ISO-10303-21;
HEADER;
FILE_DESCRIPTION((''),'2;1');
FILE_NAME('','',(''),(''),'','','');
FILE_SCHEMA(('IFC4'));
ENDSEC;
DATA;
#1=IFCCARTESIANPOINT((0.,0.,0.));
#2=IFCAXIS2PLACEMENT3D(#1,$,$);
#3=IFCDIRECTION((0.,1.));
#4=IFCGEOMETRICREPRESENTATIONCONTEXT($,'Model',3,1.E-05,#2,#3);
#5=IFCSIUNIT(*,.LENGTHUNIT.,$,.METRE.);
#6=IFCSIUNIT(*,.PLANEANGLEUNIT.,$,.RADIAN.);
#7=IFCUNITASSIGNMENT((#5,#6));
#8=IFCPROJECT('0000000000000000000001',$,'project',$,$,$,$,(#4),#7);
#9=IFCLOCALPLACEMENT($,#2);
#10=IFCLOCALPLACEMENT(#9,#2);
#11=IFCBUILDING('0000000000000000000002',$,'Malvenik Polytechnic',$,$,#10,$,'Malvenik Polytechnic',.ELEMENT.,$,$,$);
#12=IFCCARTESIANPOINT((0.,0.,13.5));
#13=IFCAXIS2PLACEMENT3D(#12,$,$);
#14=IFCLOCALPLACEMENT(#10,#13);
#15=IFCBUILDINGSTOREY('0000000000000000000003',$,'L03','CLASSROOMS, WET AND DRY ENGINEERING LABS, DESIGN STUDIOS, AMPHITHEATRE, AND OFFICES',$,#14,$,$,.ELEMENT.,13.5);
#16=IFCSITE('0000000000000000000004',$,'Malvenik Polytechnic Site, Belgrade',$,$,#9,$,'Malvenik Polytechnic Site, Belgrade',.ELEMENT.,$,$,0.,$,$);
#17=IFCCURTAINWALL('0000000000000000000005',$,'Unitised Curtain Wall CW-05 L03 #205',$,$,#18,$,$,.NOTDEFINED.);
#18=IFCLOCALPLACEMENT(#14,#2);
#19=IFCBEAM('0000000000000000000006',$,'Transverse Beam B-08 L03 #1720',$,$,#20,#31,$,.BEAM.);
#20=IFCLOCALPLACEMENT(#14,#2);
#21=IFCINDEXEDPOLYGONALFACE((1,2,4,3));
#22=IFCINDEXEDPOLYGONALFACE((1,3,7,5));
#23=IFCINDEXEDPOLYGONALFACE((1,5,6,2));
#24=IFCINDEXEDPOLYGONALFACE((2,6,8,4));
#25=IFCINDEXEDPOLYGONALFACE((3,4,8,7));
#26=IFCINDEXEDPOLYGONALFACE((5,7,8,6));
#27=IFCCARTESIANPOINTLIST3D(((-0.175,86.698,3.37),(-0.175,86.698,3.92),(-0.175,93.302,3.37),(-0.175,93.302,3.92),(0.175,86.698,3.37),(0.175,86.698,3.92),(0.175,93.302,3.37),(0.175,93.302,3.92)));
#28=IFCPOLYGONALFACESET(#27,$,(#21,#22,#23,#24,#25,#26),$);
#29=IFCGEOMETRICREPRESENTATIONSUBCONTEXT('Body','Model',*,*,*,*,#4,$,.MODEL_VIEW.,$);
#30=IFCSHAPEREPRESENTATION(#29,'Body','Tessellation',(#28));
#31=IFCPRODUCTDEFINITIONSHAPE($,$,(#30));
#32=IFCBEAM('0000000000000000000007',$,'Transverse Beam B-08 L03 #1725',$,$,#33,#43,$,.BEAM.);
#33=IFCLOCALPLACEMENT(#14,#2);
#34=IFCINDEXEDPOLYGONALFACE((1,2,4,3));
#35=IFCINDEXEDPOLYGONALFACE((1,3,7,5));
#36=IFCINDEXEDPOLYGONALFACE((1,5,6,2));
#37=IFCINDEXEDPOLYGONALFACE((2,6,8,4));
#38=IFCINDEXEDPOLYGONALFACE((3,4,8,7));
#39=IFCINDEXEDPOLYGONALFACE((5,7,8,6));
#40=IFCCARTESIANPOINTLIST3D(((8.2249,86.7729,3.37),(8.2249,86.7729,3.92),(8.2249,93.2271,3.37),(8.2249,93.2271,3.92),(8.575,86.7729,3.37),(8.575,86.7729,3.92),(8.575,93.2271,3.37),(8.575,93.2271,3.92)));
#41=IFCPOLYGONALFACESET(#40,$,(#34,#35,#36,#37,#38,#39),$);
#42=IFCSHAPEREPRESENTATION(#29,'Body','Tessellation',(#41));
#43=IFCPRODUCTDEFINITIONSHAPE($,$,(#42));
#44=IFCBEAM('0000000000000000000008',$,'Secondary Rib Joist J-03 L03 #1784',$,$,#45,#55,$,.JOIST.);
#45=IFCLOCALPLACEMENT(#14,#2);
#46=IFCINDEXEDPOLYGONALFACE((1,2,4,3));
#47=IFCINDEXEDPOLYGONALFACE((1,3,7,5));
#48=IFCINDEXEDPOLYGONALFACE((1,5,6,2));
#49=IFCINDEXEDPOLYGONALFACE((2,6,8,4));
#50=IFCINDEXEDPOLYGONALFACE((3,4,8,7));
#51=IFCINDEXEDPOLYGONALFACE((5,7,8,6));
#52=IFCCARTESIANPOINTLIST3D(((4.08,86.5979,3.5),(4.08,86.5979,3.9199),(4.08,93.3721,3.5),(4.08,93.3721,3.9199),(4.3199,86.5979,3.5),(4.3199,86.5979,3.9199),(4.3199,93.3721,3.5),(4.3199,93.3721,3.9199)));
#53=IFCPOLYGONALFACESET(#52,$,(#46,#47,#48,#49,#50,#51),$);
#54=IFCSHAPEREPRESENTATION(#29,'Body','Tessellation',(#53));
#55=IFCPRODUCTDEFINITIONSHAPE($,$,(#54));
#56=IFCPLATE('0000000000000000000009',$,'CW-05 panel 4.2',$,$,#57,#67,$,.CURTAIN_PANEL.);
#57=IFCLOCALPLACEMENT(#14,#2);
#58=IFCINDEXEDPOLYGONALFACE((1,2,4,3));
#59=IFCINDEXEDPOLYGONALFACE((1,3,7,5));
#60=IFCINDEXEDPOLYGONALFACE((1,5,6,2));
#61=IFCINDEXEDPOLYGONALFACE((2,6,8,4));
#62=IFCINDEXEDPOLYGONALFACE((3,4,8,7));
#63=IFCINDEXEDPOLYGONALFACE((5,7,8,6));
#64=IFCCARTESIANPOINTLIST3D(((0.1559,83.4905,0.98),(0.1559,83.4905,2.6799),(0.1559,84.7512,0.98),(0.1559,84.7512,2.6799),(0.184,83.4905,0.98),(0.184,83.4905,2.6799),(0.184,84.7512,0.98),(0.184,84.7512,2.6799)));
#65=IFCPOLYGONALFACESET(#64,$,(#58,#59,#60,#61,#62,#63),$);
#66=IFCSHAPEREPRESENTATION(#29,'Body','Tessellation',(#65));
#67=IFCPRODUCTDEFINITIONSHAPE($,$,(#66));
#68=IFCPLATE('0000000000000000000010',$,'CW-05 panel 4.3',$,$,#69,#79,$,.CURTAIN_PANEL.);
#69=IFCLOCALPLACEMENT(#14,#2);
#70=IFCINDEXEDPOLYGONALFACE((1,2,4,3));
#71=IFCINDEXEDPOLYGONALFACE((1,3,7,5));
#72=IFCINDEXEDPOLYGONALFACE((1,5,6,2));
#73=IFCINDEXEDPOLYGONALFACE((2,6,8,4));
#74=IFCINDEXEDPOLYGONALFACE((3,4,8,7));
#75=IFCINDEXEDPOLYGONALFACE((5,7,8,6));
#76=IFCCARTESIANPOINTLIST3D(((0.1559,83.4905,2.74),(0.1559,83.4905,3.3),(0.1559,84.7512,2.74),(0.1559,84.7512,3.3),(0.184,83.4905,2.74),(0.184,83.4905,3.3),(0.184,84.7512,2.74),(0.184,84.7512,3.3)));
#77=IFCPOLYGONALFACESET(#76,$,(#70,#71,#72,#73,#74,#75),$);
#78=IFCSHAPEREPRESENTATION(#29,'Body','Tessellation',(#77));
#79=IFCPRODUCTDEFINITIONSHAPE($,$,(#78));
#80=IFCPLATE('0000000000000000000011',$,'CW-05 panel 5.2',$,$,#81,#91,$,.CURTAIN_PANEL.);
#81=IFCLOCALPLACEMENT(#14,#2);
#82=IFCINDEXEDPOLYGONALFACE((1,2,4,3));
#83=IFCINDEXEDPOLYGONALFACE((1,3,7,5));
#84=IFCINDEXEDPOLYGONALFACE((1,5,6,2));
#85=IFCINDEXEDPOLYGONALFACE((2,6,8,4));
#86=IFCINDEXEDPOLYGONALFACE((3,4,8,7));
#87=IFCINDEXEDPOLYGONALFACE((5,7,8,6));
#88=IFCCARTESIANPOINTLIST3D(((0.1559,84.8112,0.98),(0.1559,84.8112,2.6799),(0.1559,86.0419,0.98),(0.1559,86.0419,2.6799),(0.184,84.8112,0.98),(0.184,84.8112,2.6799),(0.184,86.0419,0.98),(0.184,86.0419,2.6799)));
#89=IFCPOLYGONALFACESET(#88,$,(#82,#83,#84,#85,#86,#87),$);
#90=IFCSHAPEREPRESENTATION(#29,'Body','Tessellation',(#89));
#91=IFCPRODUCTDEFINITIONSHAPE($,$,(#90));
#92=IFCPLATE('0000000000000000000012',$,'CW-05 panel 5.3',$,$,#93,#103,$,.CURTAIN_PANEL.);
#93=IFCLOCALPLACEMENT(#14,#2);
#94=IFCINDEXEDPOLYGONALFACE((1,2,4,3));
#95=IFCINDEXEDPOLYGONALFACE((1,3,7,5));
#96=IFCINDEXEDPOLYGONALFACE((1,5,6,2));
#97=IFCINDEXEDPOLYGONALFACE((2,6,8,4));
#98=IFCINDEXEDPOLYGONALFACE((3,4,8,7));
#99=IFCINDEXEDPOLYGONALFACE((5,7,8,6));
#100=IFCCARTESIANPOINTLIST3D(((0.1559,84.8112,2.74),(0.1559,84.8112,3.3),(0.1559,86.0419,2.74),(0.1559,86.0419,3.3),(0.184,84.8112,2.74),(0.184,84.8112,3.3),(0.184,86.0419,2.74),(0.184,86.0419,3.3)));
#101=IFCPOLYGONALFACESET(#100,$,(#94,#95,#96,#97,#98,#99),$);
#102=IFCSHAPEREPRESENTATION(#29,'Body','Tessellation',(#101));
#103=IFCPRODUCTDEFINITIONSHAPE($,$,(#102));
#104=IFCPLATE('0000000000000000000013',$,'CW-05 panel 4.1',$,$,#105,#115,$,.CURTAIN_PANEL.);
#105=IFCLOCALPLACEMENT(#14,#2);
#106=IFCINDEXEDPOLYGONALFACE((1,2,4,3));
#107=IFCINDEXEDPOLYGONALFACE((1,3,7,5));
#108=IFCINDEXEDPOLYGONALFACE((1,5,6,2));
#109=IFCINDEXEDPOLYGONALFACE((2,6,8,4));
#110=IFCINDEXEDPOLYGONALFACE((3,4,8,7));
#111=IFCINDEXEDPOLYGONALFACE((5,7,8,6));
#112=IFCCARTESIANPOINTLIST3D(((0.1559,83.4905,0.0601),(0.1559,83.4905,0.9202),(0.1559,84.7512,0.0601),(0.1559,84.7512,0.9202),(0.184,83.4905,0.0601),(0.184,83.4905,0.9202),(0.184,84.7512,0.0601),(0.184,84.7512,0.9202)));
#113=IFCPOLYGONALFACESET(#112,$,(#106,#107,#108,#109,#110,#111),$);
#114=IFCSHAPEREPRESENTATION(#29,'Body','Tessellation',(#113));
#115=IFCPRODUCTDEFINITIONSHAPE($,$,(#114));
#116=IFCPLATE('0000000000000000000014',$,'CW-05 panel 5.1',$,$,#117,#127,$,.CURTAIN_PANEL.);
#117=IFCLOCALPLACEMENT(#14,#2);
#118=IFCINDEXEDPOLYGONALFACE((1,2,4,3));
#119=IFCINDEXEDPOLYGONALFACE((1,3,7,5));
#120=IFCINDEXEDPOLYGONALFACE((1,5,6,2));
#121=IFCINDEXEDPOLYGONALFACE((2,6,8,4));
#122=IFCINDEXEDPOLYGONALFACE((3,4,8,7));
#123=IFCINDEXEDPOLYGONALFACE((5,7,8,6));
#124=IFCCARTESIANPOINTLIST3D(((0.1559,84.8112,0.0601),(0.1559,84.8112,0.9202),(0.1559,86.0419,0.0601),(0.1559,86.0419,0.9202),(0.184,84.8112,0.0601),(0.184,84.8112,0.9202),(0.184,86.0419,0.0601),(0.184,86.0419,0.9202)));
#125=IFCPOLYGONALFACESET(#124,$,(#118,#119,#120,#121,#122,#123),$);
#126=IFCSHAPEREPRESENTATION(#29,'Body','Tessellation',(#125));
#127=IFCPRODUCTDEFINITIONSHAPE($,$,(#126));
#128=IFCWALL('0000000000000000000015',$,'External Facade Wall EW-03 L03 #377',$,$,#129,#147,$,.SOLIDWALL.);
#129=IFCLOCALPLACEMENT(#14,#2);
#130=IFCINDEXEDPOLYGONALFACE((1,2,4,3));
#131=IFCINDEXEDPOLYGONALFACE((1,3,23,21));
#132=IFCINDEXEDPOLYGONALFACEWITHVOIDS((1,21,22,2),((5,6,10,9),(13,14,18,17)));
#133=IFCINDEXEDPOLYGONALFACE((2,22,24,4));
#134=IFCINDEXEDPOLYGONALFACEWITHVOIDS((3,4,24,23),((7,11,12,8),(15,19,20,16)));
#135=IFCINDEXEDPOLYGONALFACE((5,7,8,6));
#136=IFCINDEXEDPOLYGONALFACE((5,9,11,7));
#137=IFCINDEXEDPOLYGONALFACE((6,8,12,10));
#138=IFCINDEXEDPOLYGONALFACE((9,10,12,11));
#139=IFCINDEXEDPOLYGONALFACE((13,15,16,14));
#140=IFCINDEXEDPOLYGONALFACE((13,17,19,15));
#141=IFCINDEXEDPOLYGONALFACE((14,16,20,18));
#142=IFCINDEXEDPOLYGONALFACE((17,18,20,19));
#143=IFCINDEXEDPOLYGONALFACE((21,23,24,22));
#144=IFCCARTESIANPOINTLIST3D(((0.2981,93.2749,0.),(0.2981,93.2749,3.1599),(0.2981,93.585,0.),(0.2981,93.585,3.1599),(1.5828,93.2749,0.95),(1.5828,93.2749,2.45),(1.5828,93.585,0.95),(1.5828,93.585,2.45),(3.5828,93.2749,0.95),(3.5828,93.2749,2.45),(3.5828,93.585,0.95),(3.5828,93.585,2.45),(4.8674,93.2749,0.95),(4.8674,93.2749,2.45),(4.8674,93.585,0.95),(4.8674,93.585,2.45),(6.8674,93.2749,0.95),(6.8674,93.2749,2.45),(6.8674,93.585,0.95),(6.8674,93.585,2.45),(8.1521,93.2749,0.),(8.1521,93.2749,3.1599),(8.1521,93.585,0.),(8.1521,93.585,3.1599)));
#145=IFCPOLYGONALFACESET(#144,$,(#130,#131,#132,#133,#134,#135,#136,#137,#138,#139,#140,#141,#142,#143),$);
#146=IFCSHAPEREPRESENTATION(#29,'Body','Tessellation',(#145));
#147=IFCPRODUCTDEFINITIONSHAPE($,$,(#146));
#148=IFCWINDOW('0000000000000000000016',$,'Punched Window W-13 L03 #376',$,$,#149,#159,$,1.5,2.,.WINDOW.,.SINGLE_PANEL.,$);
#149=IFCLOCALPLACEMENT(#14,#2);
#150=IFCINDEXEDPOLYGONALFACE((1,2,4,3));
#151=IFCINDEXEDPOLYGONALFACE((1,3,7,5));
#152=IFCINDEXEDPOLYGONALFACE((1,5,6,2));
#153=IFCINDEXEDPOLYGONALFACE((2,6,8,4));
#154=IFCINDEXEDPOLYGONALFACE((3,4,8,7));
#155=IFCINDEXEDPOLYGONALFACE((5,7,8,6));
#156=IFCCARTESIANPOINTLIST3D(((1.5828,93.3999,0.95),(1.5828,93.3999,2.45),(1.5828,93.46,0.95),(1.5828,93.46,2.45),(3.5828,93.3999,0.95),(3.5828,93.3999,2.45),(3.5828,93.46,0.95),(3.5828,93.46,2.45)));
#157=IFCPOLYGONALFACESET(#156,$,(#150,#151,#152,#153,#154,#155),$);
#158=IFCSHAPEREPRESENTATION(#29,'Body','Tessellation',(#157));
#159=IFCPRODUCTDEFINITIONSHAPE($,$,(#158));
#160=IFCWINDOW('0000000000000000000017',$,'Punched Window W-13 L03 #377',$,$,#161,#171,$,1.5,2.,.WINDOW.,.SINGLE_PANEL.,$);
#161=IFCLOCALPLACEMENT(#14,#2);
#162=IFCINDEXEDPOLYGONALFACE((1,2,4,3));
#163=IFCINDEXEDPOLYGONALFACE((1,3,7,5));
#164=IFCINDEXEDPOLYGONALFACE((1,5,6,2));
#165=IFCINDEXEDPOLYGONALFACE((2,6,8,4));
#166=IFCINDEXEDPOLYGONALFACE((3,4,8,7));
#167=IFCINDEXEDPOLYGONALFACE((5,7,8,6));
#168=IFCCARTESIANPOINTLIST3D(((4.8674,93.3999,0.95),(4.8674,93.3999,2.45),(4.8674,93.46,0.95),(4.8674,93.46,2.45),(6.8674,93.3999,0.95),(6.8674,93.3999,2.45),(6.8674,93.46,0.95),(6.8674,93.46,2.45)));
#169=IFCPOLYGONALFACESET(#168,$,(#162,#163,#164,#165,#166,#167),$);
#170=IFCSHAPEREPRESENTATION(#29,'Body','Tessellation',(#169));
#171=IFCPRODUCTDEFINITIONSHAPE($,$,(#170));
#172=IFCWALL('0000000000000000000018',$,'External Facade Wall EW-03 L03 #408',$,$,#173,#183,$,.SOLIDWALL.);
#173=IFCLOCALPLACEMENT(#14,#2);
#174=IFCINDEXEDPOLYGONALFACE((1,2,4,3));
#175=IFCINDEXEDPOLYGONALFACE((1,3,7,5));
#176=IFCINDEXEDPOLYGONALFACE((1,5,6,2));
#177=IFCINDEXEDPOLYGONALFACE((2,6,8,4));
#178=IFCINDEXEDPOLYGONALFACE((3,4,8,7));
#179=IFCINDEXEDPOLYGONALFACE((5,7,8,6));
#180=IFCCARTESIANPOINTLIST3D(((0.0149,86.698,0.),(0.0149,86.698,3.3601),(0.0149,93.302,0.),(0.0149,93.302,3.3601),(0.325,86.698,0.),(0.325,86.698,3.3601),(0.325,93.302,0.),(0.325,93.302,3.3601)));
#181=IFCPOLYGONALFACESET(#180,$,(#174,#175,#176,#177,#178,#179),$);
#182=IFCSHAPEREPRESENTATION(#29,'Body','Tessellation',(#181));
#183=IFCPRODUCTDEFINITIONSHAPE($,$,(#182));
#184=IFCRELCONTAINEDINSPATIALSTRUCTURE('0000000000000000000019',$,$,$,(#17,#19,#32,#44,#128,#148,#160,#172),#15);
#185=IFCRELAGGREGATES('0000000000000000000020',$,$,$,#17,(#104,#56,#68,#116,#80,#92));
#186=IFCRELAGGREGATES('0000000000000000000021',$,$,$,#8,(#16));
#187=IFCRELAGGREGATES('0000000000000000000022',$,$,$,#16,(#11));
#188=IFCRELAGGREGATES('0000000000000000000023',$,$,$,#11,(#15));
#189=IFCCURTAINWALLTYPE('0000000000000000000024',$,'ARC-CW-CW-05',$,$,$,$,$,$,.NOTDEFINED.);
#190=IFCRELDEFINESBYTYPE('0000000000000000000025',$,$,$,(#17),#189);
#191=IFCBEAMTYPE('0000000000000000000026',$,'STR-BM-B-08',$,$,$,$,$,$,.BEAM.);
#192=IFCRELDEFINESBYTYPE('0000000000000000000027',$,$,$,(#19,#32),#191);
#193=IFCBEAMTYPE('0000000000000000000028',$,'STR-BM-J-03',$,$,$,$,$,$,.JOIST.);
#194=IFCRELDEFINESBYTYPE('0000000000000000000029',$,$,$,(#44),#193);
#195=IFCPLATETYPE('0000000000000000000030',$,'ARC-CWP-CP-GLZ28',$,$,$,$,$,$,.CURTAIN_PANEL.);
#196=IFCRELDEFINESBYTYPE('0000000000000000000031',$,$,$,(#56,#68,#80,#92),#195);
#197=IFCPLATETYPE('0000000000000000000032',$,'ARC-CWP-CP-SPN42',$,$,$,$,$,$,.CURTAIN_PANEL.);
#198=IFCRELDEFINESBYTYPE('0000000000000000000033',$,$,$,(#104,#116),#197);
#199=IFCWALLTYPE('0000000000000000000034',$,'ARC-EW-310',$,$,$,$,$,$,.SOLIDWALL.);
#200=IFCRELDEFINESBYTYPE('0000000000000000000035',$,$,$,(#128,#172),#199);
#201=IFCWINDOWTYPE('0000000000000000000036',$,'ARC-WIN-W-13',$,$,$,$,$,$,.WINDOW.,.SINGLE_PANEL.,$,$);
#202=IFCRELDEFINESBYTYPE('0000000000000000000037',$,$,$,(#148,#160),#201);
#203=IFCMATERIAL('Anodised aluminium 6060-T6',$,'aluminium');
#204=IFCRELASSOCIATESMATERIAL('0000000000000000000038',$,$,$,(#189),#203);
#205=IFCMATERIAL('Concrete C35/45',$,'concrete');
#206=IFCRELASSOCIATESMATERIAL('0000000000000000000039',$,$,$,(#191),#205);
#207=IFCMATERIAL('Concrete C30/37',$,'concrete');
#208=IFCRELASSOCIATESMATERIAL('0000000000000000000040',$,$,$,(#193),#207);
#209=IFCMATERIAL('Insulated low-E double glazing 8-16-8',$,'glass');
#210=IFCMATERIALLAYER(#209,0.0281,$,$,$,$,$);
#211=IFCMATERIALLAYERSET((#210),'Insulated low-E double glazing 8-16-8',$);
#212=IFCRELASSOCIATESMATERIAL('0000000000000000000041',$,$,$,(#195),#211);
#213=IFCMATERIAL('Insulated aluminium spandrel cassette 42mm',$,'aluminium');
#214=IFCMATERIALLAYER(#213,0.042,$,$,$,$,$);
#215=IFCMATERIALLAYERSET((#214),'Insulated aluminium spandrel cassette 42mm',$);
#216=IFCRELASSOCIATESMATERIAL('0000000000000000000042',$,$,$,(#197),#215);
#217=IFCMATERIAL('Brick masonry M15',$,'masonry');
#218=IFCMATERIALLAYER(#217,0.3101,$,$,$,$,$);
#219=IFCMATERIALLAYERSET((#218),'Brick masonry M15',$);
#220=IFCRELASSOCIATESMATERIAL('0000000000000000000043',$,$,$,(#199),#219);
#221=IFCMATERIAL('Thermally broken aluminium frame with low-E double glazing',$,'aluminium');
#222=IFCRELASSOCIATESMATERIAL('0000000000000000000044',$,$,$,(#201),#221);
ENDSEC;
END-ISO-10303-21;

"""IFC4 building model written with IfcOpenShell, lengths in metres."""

from ifc_helpers import new_model, si_unit, direction, frame, frame_2d, origin, origin_2d, place, context, subcontext, project, spatial, rectangle, extrude, material, layer, layer_set, material_profile, profile_set, type_object, element, fill, aggregate, save


model = new_model("IFC4")

# Units and contexts
model_context = context("Model", 3, precision=1e-05, world=origin(), true_north=direction((0.0, 1.0)))
body_context = subcontext(model_context, "Body", "Model", "MODEL_VIEW")
ifc_project = project(units=[si_unit("LENGTHUNIT", "METRE"), si_unit("PLANEANGLEUNIT", "RADIAN")], contexts=[model_context])

# Site, building, storey
site_placement = place(None, origin())
site = spatial("IfcSite", under=ifc_project, at=site_placement, Name="Malvenik Polytechnic Site, Belgrade", LongName="Malvenik Polytechnic Site, Belgrade", CompositionType="ELEMENT", RefElevation=0.0)
building_placement = place(site_placement, origin())
building = spatial("IfcBuilding", under=site, at=building_placement, Name="Malvenik Polytechnic", LongName="Malvenik Polytechnic", CompositionType="ELEMENT")
storey_placement = place(building_placement, frame((0.0, 0.0, 13.5)))
storey = spatial("IfcBuildingStorey", under=building, at=storey_placement, Name="L03", Description="CLASSROOMS, WET AND DRY ENGINEERING LABS, DESIGN STUDIOS, AMPHITHEATRE, AND OFFICES", CompositionType="ELEMENT", Elevation=13.5)

# Shared definitions
ifc_material_1 = material(Name="Concrete C35/45", Category="concrete")

# Curtain wall
ifc_material_2 = material(Name="Anodised aluminium 6060-T6", Category="aluminium")
curtain_wall_type_1 = type_object("IfcCurtainWallType", Name="ARC-CW-CW-05", PredefinedType="NOTDEFINED", material=ifc_material_2)
curtain_wall_1_placement = place(storey_placement, origin())
curtain_wall_1 = element("IfcCurtainWall", 1, at=curtain_wall_1_placement, inside=storey, type_object=curtain_wall_type_1, Name="Unitised Curtain Wall CW-05 L03 #205", PredefinedType="NOTDEFINED")

# Beams
ifc_material_profile_1 = material_profile(ifc_material_1, rectangle(XDim=0.3501, YDim=0.55, at=origin_2d()), Name="RC BM 350x550")
ifc_profile_set_1 = profile_set([ifc_material_profile_1], Name="Concrete C35/45")
beam_type_1 = type_object("IfcBeamType", Name="STR-BM-B-08", PredefinedType="BEAM", material=ifc_profile_set_1)
beam_1_placement = place(storey_placement, frame((0.0, 86.698, 3.645), z_axis=(0.0, 1.0, 0.0), x_axis=(-1.0, 0.0, 0.0)))
element("IfcBeam", 2, at=beam_1_placement, inside=storey, type_object=beam_type_1, Name="Transverse Beam B-08 L03 #1720", PredefinedType="BEAM", context=body_context, shape_type="SweptSolid", body=[
    extrude(rectangle(XDim=0.3501, YDim=0.55, at=origin_2d()), origin(), (0.0, 0.0, 1.0), 6.604),
])
beam_2_placement = place(storey_placement, frame((8.3999, 86.7729, 3.645), z_axis=(0.0, 1.0, 0.0), x_axis=(-1.0, 0.0, 0.0)))
element("IfcBeam", 3, at=beam_2_placement, inside=storey, type_object=beam_type_1, Name="Transverse Beam B-08 L03 #1725", PredefinedType="BEAM", context=body_context, shape_type="SweptSolid", body=[
    extrude(rectangle(XDim=0.3501, YDim=0.55, at=origin_2d()), origin(), (0.0, 0.0, 1.0), 6.4541),
])
ifc_material_3 = material(Name="Concrete C30/37", Category="concrete")
ifc_material_profile_2 = material_profile(ifc_material_3, rectangle(XDim=0.24, YDim=0.4199, at=origin_2d()), Name="RC JST 240x420")
ifc_profile_set_2 = profile_set([ifc_material_profile_2], Name="Concrete C30/37")
beam_type_2 = type_object("IfcBeamType", Name="STR-BM-J-03", PredefinedType="JOIST", material=ifc_profile_set_2)
beam_3_placement = place(storey_placement, frame((4.2, 86.5979, 3.71), z_axis=(0.0, 1.0, 0.0), x_axis=(-1.0, 0.0, 0.0)))
element("IfcBeam", 4, at=beam_3_placement, inside=storey, type_object=beam_type_2, Name="Secondary Rib Joist J-03 L03 #1784", PredefinedType="JOIST", context=body_context, shape_type="SweptSolid", body=[
    extrude(rectangle(XDim=0.24, YDim=0.4199, at=origin_2d()), origin(), (0.0, 0.0, 1.0), 6.7742),
])

# Plates
ifc_material_4 = material(Name="Insulated low-E double glazing 8-16-8", Category="glass")
ifc_layer_1 = layer(ifc_material_4, 0.0281)
ifc_layer_set_1 = layer_set([ifc_layer_1], Name="Insulated low-E double glazing 8-16-8")
plate_type_1 = type_object("IfcPlateType", Name="ARC-CWP-CP-GLZ28", PredefinedType="CURTAIN_PANEL", material=ifc_layer_set_1)
plate_1_placement = place(storey_placement, frame((0.1699, 84.1208, 0.98), z_axis=(0.0, 0.0, 1.0), x_axis=(0.0, 1.0, 0.0)))
plate_1 = element("IfcPlate", 5, at=plate_1_placement, type_object=plate_type_1, Name="CW-05 panel 4.2", PredefinedType="CURTAIN_PANEL", context=body_context, shape_type="SweptSolid", body=[
    extrude(rectangle(XDim=1.2607, YDim=0.0281, at=origin_2d()), origin(), (0.0, 0.0, 1.0), 1.7),
])
plate_2_placement = place(storey_placement, frame((0.1699, 84.1208, 2.74), z_axis=(0.0, 0.0, 1.0), x_axis=(0.0, 1.0, 0.0)))
plate_2 = element("IfcPlate", 6, at=plate_2_placement, type_object=plate_type_1, Name="CW-05 panel 4.3", PredefinedType="CURTAIN_PANEL", context=body_context, shape_type="SweptSolid", body=[
    extrude(rectangle(XDim=1.2607, YDim=0.0281, at=origin_2d()), origin(), (0.0, 0.0, 1.0), 0.5601),
])
plate_3_placement = place(storey_placement, frame((0.1699, 85.4265, 0.98), z_axis=(0.0, 0.0, 1.0), x_axis=(0.0, 1.0, 0.0)))
plate_3 = element("IfcPlate", 7, at=plate_3_placement, type_object=plate_type_1, Name="CW-05 panel 5.2", PredefinedType="CURTAIN_PANEL", context=body_context, shape_type="SweptSolid", body=[
    extrude(rectangle(XDim=1.2307, YDim=0.0281, at=origin_2d()), origin(), (0.0, 0.0, 1.0), 1.7),
])
plate_4_placement = place(storey_placement, frame((0.1699, 85.4265, 2.74), z_axis=(0.0, 0.0, 1.0), x_axis=(0.0, 1.0, 0.0)))
plate_4 = element("IfcPlate", 8, at=plate_4_placement, type_object=plate_type_1, Name="CW-05 panel 5.3", PredefinedType="CURTAIN_PANEL", context=body_context, shape_type="SweptSolid", body=[
    extrude(rectangle(XDim=1.2307, YDim=0.0281, at=origin_2d()), origin(), (0.0, 0.0, 1.0), 0.5601),
])
ifc_material_5 = material(Name="Insulated aluminium spandrel cassette 42mm", Category="aluminium")
ifc_layer_2 = layer(ifc_material_5, 0.042)
ifc_layer_set_2 = layer_set([ifc_layer_2], Name="Insulated aluminium spandrel cassette 42mm")
plate_type_2 = type_object("IfcPlateType", Name="ARC-CWP-CP-SPN42", PredefinedType="CURTAIN_PANEL", material=ifc_layer_set_2)
plate_5_placement = place(storey_placement, frame((0.1699, 84.1208, 0.0601), z_axis=(0.0, 0.0, 1.0), x_axis=(0.0, 1.0, 0.0)))
plate_5 = element("IfcPlate", 9, at=plate_5_placement, type_object=plate_type_2, Name="CW-05 panel 4.1", PredefinedType="CURTAIN_PANEL", context=body_context, shape_type="SweptSolid", body=[
    extrude(rectangle(XDim=1.2607, YDim=0.0281, at=origin_2d()), origin(), (0.0, 0.0, 1.0), 0.8601),
])
plate_6_placement = place(storey_placement, frame((0.1699, 85.4265, 0.0601), z_axis=(0.0, 0.0, 1.0), x_axis=(0.0, 1.0, 0.0)))
plate_6 = element("IfcPlate", 10, at=plate_6_placement, type_object=plate_type_2, Name="CW-05 panel 5.1", PredefinedType="CURTAIN_PANEL", context=body_context, shape_type="SweptSolid", body=[
    extrude(rectangle(XDim=1.2307, YDim=0.0281, at=origin_2d()), origin(), (0.0, 0.0, 1.0), 0.8601),
])
aggregate(curtain_wall_1, [plate_5, plate_1, plate_2, plate_6, plate_3, plate_4])

# Wall, openings, windows
ifc_material_6 = material(Name="Brick masonry M15", Category="masonry")
ifc_layer_3 = layer(ifc_material_6, 0.3101)
ifc_layer_set_3 = layer_set([ifc_layer_3], Name="Brick masonry M15")
wall_type_1 = type_object("IfcWallType", Name="ARC-EW-310", PredefinedType="SOLIDWALL", material=ifc_layer_set_3)
wall_1_placement = place(storey_placement, frame((0.2981, 93.4299, 0.0), z_axis=(0.0, 0.0, 1.0), x_axis=(1.0, 0.0, 0.0)))
wall_1 = element("IfcWall", 11, at=wall_1_placement, inside=storey, type_object=wall_type_1, Name="External Facade Wall EW-03 L03 #377", PredefinedType="SOLIDWALL", context=body_context, shape_type="SweptSolid", body=[
    extrude(rectangle(XDim=7.854, YDim=0.3101, at=frame_2d((3.927, 0.0))), origin(), (0.0, 0.0, 1.0), 3.1599),
])
opening_1_placement = place(wall_1_placement, frame((1.2847, 0.0, 0.95)))
opening_1 = element("IfcOpeningElement", 12, at=opening_1_placement, cuts=wall_1, PredefinedType="OPENING", context=body_context, shape_type="SweptSolid", body=[
    extrude(rectangle(XDim=2.0, YDim=1.5, at=frame_2d((1.0, 0.75))), frame((0.0, 0.165, 0.0), z_axis=(0.0, -1.0, 0.0), x_axis=(1.0, 0.0, 0.0)), (0.0, 0.0, 1.0), 0.3301),
])
opening_2_placement = place(wall_1_placement, frame((4.5693, 0.0, 0.95)))
opening_2 = element("IfcOpeningElement", 13, at=opening_2_placement, cuts=wall_1, PredefinedType="OPENING", context=body_context, shape_type="SweptSolid", body=[
    extrude(rectangle(XDim=2.0, YDim=1.5, at=frame_2d((1.0, 0.75))), frame((0.0, 0.165, 0.0), z_axis=(0.0, -1.0, 0.0), x_axis=(1.0, 0.0, 0.0)), (0.0, 0.0, 1.0), 0.3301),
])
ifc_material_7 = material(Name="Thermally broken aluminium frame with low-E double glazing", Category="aluminium")
window_type = type_object("IfcWindowType", Name="ARC-WIN-W-13", PartitioningType="SINGLE_PANEL", PredefinedType="WINDOW", material=ifc_material_7)
window_1_placement = place(opening_1_placement, origin())
window_1 = element("IfcWindow", 14, at=window_1_placement, inside=storey, type_object=window_type, Name="Punched Window W-13 L03 #376", OverallHeight=1.5, OverallWidth=2.0, PartitioningType="SINGLE_PANEL", PredefinedType="WINDOW", context=body_context, shape_type="SweptSolid", body=[
    extrude(rectangle(XDim=2.0, YDim=1.5, at=frame_2d((1.0, 0.75))), frame((0.0, 0.03, 0.0), z_axis=(0.0, -1.0, 0.0), x_axis=(1.0, 0.0, 0.0)), (0.0, 0.0, 1.0), 0.0601),
])
fill(opening_1, window_1)
window_2_placement = place(opening_2_placement, origin())
window_2 = element("IfcWindow", 15, at=window_2_placement, inside=storey, type_object=window_type, Name="Punched Window W-13 L03 #377", OverallHeight=1.5, OverallWidth=2.0, PartitioningType="SINGLE_PANEL", PredefinedType="WINDOW", context=body_context, shape_type="SweptSolid", body=[
    extrude(rectangle(XDim=2.0, YDim=1.5, at=frame_2d((1.0, 0.75))), frame((0.0, 0.03, 0.0), z_axis=(0.0, -1.0, 0.0), x_axis=(1.0, 0.0, 0.0)), (0.0, 0.0, 1.0), 0.0601),
])
fill(opening_2, window_2)

# Wall
wall_2_placement = place(storey_placement, frame((0.1699, 86.698, 0.0), z_axis=(0.0, 0.0, 1.0), x_axis=(0.0, 1.0, 0.0)))
element("IfcWall", 16, at=wall_2_placement, inside=storey, type_object=wall_type_1, Name="External Facade Wall EW-03 L03 #408", PredefinedType="SOLIDWALL", context=body_context, shape_type="SweptSolid", body=[
    extrude(rectangle(XDim=6.604, YDim=0.3101, at=frame_2d((3.302, 0.0))), origin(), (0.0, 0.0, 1.0), 3.3601),
])

save(model, "model.ifc")
